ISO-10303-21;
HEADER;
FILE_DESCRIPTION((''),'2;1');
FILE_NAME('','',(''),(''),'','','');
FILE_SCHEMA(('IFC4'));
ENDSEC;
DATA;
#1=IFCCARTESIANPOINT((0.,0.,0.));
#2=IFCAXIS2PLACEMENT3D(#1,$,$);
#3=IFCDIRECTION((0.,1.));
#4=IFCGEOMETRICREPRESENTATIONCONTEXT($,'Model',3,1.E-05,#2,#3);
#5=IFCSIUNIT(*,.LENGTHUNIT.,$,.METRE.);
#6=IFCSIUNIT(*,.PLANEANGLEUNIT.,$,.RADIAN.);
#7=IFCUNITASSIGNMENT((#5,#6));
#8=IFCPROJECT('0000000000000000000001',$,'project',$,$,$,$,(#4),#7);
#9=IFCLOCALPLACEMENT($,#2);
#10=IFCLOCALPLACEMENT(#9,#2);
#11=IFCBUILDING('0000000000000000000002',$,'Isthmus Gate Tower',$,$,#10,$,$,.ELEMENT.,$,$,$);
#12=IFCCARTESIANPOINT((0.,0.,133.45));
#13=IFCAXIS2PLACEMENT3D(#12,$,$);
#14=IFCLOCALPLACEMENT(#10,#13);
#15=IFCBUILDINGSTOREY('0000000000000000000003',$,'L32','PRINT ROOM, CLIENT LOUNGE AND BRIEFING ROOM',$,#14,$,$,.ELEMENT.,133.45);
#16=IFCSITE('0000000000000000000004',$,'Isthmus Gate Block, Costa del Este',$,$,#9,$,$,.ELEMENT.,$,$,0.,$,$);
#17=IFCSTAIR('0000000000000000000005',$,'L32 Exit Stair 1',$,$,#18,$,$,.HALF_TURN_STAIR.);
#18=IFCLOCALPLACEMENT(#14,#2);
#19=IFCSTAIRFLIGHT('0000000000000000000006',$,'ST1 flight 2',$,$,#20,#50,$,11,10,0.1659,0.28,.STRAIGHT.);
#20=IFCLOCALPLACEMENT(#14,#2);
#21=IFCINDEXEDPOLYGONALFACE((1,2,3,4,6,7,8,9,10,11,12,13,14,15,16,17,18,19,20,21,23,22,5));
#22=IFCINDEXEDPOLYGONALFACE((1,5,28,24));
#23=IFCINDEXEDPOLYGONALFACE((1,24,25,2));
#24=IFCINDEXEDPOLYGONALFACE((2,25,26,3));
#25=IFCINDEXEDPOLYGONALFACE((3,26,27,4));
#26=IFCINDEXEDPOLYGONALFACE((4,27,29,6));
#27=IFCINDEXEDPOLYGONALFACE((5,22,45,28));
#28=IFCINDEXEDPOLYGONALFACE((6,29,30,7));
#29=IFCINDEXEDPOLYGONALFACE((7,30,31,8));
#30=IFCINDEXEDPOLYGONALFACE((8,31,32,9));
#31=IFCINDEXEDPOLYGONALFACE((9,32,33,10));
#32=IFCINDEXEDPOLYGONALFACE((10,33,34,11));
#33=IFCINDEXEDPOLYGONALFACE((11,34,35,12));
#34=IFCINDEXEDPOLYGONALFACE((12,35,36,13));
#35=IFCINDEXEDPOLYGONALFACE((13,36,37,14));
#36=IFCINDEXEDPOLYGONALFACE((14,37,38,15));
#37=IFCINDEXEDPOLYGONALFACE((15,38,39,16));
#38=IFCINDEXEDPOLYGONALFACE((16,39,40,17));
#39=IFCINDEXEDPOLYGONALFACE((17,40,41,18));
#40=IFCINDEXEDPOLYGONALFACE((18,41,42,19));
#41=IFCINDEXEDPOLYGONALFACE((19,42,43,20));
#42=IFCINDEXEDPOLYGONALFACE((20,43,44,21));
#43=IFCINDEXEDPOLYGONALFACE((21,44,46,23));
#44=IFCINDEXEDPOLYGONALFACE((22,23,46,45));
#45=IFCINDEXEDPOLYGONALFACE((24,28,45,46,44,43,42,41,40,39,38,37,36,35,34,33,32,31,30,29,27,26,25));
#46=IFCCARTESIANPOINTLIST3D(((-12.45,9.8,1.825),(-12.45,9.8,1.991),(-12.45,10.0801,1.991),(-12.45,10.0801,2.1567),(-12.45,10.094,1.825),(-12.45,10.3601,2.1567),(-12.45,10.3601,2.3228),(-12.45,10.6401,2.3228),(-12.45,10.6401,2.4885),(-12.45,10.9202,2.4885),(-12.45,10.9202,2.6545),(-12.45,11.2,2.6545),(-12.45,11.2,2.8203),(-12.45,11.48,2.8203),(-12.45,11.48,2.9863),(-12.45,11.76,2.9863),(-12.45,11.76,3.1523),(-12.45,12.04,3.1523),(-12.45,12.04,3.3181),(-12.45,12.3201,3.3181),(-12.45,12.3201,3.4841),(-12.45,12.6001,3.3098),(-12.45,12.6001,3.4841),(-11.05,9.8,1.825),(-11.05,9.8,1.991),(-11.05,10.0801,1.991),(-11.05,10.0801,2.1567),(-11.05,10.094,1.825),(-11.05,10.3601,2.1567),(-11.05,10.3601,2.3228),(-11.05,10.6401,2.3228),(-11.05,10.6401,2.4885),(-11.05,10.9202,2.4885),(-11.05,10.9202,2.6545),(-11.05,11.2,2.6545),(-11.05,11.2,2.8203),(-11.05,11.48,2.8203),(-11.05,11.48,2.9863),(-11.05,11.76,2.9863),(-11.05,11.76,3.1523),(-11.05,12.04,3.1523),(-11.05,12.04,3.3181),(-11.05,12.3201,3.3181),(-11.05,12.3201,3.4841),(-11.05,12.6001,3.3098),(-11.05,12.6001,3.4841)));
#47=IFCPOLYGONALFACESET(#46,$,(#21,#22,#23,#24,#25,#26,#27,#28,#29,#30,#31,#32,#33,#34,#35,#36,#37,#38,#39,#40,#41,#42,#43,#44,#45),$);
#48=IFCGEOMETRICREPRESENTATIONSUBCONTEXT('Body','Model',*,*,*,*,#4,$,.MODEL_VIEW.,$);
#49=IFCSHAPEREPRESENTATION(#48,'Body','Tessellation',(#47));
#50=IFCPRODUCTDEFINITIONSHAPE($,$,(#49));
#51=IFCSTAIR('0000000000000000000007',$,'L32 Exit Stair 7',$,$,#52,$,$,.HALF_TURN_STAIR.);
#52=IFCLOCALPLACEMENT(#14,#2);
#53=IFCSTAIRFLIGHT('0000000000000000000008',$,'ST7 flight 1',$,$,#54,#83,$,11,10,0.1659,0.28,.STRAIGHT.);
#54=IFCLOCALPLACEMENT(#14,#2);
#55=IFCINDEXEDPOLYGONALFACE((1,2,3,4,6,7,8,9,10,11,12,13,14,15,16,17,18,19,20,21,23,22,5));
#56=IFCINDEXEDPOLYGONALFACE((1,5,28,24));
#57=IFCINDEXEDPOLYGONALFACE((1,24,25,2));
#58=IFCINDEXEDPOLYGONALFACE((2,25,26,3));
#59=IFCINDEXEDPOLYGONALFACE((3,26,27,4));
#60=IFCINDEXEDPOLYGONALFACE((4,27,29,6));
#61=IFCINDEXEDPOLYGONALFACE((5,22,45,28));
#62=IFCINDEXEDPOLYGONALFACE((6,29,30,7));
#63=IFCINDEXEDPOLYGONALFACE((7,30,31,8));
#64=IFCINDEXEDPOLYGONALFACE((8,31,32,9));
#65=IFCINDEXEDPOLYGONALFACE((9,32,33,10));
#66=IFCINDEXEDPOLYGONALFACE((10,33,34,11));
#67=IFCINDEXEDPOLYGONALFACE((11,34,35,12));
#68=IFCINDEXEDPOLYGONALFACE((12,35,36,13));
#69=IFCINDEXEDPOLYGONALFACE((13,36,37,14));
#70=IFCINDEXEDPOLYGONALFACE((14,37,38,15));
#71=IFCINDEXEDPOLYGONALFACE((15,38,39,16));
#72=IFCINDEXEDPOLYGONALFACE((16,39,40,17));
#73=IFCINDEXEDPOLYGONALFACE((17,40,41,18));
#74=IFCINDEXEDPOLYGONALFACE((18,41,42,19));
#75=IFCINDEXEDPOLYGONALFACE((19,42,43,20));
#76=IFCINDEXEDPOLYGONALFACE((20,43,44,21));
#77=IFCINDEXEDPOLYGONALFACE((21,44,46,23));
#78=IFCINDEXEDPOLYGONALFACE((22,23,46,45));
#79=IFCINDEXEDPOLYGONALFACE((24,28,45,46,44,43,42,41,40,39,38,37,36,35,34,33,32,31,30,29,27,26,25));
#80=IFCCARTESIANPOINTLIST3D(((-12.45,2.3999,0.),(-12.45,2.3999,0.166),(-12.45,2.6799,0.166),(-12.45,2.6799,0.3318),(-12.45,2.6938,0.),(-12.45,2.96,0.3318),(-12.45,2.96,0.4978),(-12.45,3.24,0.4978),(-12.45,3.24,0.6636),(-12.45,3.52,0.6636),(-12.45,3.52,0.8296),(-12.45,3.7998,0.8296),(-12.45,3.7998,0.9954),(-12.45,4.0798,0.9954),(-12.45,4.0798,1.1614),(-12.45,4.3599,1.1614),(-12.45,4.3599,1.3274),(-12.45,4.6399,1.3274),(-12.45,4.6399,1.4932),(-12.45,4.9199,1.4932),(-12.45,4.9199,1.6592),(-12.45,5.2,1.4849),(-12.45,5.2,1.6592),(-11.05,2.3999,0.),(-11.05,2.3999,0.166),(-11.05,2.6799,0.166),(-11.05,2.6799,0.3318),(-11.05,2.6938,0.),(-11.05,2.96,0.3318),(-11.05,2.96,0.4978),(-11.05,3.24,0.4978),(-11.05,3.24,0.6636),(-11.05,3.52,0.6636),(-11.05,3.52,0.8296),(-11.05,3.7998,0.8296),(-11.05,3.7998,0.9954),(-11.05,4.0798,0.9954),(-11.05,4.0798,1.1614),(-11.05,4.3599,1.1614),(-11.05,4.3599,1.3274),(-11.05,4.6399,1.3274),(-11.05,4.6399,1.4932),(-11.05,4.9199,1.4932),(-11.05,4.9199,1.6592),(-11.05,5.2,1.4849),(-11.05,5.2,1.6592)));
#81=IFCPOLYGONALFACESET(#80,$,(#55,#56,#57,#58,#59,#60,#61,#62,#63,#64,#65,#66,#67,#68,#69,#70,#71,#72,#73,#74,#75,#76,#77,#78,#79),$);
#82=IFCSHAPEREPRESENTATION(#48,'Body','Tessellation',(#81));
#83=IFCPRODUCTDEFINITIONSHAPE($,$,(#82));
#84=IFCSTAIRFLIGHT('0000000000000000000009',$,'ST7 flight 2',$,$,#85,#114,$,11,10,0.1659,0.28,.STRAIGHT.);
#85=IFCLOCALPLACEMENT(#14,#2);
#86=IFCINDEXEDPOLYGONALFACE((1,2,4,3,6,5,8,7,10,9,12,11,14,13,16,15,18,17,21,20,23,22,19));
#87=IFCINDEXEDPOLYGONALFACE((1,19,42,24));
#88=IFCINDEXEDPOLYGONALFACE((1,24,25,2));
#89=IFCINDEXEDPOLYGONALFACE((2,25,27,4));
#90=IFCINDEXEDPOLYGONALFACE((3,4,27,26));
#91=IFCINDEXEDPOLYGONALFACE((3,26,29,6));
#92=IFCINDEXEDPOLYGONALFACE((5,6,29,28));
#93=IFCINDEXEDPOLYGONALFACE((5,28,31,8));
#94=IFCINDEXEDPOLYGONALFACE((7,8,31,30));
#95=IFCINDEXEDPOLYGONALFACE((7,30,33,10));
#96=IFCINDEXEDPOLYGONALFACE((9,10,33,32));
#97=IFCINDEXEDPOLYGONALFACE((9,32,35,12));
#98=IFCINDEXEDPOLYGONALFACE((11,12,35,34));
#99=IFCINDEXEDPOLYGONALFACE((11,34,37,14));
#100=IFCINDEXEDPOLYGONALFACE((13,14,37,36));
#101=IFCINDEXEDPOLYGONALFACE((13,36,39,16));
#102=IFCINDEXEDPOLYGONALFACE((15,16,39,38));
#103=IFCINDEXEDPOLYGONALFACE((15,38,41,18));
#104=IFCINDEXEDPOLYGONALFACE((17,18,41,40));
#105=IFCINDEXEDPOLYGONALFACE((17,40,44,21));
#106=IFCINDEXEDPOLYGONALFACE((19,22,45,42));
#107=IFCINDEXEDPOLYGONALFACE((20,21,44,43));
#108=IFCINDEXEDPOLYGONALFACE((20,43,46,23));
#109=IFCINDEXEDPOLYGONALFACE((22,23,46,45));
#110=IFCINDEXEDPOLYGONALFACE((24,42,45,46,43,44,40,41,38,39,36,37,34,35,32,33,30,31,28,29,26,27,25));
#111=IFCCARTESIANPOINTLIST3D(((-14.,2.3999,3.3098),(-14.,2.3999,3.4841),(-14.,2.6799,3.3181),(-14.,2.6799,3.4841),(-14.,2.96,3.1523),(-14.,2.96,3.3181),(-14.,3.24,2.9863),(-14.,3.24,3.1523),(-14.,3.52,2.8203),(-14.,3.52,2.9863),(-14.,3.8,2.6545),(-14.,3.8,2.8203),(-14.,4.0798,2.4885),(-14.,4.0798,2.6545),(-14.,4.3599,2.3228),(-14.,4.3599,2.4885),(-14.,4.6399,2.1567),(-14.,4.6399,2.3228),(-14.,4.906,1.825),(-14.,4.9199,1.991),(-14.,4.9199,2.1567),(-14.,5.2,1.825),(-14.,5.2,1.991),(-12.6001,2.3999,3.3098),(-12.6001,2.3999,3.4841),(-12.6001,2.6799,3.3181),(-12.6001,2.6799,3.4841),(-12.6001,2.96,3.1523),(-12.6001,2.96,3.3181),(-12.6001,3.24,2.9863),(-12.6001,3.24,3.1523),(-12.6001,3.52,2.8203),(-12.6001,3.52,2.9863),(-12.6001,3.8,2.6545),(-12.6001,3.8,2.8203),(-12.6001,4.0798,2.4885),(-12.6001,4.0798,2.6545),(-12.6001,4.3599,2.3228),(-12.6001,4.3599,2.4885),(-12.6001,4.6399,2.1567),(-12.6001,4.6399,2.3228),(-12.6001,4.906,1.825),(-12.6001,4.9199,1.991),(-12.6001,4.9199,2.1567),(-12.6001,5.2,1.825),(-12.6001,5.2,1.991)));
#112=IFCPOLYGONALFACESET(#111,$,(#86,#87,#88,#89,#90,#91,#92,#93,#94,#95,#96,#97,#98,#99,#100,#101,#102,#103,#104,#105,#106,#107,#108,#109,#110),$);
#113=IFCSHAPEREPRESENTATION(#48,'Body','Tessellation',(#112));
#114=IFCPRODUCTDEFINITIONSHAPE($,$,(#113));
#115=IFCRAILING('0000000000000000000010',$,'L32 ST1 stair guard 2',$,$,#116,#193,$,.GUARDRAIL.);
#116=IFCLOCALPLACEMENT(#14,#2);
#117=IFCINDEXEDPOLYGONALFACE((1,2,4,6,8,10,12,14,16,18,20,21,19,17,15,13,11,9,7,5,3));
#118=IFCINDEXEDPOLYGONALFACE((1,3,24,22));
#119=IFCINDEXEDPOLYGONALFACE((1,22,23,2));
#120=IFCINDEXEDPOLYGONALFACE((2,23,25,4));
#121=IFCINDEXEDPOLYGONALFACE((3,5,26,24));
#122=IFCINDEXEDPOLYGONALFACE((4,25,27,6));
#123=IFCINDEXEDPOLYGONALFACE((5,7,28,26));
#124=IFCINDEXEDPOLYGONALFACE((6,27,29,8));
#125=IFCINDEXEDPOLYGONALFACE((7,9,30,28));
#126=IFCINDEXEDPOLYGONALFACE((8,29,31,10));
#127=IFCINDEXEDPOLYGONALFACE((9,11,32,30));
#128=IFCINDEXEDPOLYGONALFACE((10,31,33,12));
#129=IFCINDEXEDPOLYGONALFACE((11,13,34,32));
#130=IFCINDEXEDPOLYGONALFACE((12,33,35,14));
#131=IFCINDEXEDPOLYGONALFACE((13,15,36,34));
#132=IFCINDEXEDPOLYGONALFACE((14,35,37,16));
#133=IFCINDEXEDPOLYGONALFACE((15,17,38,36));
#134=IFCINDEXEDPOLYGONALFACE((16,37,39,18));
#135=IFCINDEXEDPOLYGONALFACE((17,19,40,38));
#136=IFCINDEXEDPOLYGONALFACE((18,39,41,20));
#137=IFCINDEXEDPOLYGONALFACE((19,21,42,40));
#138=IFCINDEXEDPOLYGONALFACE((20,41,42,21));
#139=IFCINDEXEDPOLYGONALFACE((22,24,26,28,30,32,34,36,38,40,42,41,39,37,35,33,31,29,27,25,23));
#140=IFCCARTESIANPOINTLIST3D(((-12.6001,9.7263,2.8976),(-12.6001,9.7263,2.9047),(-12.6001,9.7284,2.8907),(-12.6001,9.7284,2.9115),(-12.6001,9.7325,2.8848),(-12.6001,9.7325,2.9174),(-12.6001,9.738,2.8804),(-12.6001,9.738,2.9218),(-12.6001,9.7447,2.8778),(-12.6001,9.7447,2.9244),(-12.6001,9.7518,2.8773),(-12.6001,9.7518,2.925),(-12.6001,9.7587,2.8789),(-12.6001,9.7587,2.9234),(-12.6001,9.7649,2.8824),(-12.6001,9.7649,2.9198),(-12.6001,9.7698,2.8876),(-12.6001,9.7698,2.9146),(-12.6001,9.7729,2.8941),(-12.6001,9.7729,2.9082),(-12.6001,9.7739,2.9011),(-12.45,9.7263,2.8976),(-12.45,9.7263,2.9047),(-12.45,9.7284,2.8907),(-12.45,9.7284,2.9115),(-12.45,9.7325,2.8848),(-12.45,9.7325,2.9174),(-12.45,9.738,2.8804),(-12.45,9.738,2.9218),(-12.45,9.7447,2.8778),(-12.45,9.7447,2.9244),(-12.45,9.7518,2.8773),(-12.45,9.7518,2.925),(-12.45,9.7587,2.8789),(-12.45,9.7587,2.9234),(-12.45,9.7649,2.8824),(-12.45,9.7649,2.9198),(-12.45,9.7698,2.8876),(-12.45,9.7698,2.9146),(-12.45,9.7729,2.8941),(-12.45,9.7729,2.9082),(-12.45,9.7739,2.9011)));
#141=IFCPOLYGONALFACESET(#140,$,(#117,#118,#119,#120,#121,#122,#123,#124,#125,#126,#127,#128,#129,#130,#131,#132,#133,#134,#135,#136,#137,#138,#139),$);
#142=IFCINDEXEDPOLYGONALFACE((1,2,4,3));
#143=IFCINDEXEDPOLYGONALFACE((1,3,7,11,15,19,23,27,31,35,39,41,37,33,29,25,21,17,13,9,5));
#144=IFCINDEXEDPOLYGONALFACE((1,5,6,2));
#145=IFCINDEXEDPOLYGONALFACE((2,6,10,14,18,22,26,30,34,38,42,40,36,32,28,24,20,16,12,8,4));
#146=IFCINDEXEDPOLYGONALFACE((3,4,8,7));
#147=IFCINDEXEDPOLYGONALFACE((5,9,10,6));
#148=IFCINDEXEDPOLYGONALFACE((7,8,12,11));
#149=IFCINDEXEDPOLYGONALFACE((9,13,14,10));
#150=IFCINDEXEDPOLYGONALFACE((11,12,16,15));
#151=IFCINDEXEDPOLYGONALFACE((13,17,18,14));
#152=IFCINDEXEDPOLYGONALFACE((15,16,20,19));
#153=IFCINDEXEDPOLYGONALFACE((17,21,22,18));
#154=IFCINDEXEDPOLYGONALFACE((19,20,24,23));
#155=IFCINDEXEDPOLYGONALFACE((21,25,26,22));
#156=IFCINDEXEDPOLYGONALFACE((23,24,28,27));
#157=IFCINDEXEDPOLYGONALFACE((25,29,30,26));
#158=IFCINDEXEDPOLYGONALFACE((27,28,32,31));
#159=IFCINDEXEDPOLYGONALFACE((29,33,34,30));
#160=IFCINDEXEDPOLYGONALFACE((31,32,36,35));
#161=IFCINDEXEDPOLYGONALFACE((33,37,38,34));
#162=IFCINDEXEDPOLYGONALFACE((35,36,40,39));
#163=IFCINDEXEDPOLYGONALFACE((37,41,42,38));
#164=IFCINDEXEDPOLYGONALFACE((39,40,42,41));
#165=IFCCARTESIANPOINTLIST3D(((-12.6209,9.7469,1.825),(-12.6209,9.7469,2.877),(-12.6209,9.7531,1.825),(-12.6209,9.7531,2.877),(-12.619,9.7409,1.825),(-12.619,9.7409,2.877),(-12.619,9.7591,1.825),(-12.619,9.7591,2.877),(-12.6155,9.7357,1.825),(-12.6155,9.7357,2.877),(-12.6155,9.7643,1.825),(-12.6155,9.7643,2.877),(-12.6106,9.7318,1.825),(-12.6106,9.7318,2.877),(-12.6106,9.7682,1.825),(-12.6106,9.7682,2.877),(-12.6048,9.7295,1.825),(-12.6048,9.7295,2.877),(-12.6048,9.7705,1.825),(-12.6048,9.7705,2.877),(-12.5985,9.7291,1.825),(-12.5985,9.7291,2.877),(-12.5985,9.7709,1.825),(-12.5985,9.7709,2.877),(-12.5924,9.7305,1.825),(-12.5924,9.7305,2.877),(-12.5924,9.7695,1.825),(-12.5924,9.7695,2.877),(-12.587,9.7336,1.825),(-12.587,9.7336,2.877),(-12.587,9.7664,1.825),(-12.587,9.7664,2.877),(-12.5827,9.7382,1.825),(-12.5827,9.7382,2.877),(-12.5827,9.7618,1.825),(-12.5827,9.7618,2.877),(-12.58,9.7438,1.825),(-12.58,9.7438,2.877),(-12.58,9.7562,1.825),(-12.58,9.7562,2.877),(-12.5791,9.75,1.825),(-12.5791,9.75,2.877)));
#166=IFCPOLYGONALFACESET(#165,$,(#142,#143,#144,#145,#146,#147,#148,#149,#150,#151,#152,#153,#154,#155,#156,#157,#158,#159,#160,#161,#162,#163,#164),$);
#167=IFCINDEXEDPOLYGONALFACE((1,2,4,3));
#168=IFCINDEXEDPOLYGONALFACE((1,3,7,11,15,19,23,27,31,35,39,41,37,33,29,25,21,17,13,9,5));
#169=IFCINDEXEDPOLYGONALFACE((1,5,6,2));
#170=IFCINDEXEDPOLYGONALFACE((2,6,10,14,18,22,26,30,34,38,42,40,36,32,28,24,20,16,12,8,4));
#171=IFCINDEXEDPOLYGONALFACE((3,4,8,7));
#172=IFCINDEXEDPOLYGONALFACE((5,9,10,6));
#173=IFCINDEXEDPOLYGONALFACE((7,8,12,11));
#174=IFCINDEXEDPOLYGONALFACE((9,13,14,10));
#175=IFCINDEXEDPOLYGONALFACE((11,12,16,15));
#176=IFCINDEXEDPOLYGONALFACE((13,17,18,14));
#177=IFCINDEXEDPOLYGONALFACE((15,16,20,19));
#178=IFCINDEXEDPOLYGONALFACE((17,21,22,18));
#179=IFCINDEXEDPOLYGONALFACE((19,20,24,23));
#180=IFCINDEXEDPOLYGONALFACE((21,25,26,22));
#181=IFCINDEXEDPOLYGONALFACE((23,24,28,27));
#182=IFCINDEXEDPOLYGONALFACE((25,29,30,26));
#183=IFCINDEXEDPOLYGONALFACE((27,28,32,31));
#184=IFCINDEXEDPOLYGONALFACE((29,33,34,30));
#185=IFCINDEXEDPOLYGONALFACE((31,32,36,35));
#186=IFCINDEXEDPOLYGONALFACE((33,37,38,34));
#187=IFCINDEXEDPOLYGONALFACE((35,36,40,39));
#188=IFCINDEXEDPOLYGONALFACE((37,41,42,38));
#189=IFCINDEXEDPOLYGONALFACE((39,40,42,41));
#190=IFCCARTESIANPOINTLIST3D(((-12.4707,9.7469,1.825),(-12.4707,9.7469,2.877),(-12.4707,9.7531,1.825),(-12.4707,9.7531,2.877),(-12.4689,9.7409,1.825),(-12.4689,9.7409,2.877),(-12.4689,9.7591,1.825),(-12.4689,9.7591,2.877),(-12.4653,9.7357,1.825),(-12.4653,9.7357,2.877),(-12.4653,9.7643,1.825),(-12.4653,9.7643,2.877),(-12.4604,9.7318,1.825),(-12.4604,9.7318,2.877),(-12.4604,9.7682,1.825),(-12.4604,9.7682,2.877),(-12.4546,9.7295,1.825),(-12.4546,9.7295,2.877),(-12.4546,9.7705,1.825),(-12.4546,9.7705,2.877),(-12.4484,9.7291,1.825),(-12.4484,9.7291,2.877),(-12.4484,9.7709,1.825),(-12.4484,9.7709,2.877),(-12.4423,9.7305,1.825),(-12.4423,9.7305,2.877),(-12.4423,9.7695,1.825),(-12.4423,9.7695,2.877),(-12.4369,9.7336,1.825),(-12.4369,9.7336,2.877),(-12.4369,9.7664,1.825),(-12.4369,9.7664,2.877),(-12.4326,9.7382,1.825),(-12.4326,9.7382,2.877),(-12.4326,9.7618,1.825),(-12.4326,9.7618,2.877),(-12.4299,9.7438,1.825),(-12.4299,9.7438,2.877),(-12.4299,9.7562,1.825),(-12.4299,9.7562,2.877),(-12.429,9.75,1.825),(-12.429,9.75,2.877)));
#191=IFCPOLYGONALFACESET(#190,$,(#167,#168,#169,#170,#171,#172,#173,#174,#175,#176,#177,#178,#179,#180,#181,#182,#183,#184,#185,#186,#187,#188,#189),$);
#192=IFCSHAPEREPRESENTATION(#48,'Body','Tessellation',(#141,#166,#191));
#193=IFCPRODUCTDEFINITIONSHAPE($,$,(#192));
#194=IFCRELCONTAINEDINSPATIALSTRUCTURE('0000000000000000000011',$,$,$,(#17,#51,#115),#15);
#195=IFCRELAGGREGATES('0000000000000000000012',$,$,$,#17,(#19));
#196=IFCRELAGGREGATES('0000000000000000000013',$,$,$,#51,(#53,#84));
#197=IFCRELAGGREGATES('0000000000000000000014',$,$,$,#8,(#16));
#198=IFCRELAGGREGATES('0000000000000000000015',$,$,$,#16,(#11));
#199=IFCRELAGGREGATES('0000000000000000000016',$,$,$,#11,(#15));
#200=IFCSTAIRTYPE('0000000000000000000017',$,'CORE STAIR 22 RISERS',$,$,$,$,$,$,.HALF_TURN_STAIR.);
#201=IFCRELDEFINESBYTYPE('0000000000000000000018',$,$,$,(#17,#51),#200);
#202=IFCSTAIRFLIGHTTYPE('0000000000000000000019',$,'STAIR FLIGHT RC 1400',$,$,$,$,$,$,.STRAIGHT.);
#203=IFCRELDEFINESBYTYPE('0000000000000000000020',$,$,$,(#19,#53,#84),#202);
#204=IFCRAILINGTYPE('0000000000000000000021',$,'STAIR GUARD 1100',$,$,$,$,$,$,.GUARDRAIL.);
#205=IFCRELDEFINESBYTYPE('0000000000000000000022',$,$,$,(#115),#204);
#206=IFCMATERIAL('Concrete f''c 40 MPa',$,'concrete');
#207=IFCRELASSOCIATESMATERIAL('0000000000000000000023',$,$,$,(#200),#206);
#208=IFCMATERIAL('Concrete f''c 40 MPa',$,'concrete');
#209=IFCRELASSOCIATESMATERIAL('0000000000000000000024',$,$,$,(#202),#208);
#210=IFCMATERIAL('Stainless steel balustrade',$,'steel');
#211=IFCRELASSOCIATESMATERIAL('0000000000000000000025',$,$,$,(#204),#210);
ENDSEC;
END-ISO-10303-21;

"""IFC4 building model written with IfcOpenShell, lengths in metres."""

from ifc_helpers import new_model, si_unit, direction, frame, origin, origin_2d, place, context, subcontext, project, spatial, polyline, circle, outline, extrude, material, type_object, element, aggregate, save


model = new_model("IFC4")

# Units and contexts
model_context = context("Model", 3, precision=1e-05, world=origin(), true_north=direction((0.0, 1.0)))
body_context = subcontext(model_context, "Body", "Model", "MODEL_VIEW")
ifc_project = project(units=[si_unit("LENGTHUNIT", "METRE"), si_unit("PLANEANGLEUNIT", "RADIAN")], contexts=[model_context])

# Site, building, storey
site_placement = place(None, origin())
site = spatial("IfcSite", under=ifc_project, at=site_placement, Name="Isthmus Gate Block, Costa del Este", CompositionType="ELEMENT", RefElevation=0.0)
building_placement = place(site_placement, origin())
building = spatial("IfcBuilding", under=site, at=building_placement, Name="Isthmus Gate Tower", CompositionType="ELEMENT")
storey_placement = place(building_placement, frame((0.0, 0.0, 133.45)))
storey = spatial("IfcBuildingStorey", under=building, at=storey_placement, Name="L32", Description="PRINT ROOM, CLIENT LOUNGE AND BRIEFING ROOM", CompositionType="ELEMENT", Elevation=133.45)

# Stair, stair flight
ifc_material_1 = material(Name="Concrete f'c 40 MPa", Category="concrete")
stair_type = type_object("IfcStairType", Name="CORE STAIR 22 RISERS", PredefinedType="HALF_TURN_STAIR", material=ifc_material_1)
stair_1_placement = place(storey_placement, origin())
stair_1 = element("IfcStair", 1, at=stair_1_placement, inside=storey, type_object=stair_type, Name="L32 Exit Stair 1", PredefinedType="HALF_TURN_STAIR")
ifc_material_2 = material(Name="Concrete f'c 40 MPa", Category="concrete")
stair_flight_type = type_object("IfcStairFlightType", Name="STAIR FLIGHT RC 1400", PredefinedType="STRAIGHT", material=ifc_material_2)
stair_flight_1_placement = place(storey_placement, frame((-11.75, 9.8, 1.825), z_axis=(0.0, 0.0, 1.0), x_axis=(0.0, 1.0, 0.0)))
stair_flight_1 = element("IfcStairFlight", 2, at=stair_flight_1_placement, type_object=stair_flight_type, Name="ST1 flight 2", NumberOfRisers=11, NumberOfTreads=10, PredefinedType="STRAIGHT", RiserHeight=0.1659, TreadLength=0.28, context=body_context, shape_type="SweptSolid", body=[
    extrude(outline(polyline([(0.0, 0.0), (0.0, 0.166), (0.28, 0.166), (0.28, 0.3318), (0.5601, 0.3318), (0.5601, 0.4978), (0.8401, 0.4978), (0.8401, 0.6636), (1.1201, 0.6636), (1.1201, 0.8296), (1.3999, 0.8296), (1.3999, 0.9954), (1.6799, 0.9954), (1.6799, 1.1614), (1.96, 1.1614), (1.96, 1.3274), (2.24, 1.3274), (2.24, 1.4932), (2.52, 1.4932), (2.52, 1.6592), (2.8, 1.6592), (2.8, 1.825), (2.8, 1.4849), (0.2939, 0.0), (0.0, 0.0)])), frame((0.0, 0.7, 0.0), z_axis=(0.0, -1.0, 0.0), x_axis=(1.0, 0.0, 0.0)), (0.0, 0.0, 1.0), 1.3999),
])
aggregate(stair_1, [stair_flight_1])

# Stair, stair flights
stair_2_placement = place(storey_placement, origin())
stair_2 = element("IfcStair", 3, at=stair_2_placement, inside=storey, type_object=stair_type, Name="L32 Exit Stair 7", PredefinedType="HALF_TURN_STAIR")
stair_flight_2_placement = place(storey_placement, frame((-11.75, 2.3999, 0.0), z_axis=(0.0, 0.0, 1.0), x_axis=(0.0, 1.0, 0.0)))
stair_flight_2 = element("IfcStairFlight", 4, at=stair_flight_2_placement, type_object=stair_flight_type, Name="ST7 flight 1", NumberOfRisers=11, NumberOfTreads=10, PredefinedType="STRAIGHT", RiserHeight=0.1659, TreadLength=0.28, context=body_context, shape_type="SweptSolid", body=[
    extrude(outline(polyline([(0.0, 0.0), (0.0, 0.166), (0.28, 0.166), (0.28, 0.3318), (0.5601, 0.3318), (0.5601, 0.4978), (0.8401, 0.4978), (0.8401, 0.6636), (1.1201, 0.6636), (1.1201, 0.8296), (1.3999, 0.8296), (1.3999, 0.9954), (1.6799, 0.9954), (1.6799, 1.1614), (1.96, 1.1614), (1.96, 1.3274), (2.24, 1.3274), (2.24, 1.4932), (2.52, 1.4932), (2.52, 1.6592), (2.8, 1.6592), (2.8, 1.825), (2.8, 1.4849), (0.2939, 0.0), (0.0, 0.0)])), frame((0.0, 0.7, 0.0), z_axis=(0.0, -1.0, 0.0), x_axis=(1.0, 0.0, 0.0)), (0.0, 0.0, 1.0), 1.3999),
])
stair_flight_3_placement = place(storey_placement, frame((-13.3, 5.2, 1.825), z_axis=(0.0, 0.0, 1.0), x_axis=(0.0, -1.0, 0.0)))
stair_flight_3 = element("IfcStairFlight", 5, at=stair_flight_3_placement, type_object=stair_flight_type, Name="ST7 flight 2", NumberOfRisers=11, NumberOfTreads=10, PredefinedType="STRAIGHT", RiserHeight=0.1659, TreadLength=0.28, context=body_context, shape_type="SweptSolid", body=[
    extrude(outline(polyline([(0.0, 0.0), (0.0, 0.166), (0.28, 0.166), (0.28, 0.3318), (0.5601, 0.3318), (0.5601, 0.4978), (0.8401, 0.4978), (0.8401, 0.6636), (1.1201, 0.6636), (1.1201, 0.8296), (1.3999, 0.8296), (1.3999, 0.9954), (1.6799, 0.9954), (1.6799, 1.1614), (1.96, 1.1614), (1.96, 1.3274), (2.24, 1.3274), (2.24, 1.4932), (2.52, 1.4932), (2.52, 1.6592), (2.8, 1.6592), (2.8, 1.825), (2.8, 1.4849), (0.2939, 0.0), (0.0, 0.0)])), frame((0.0, 0.7, 0.0), z_axis=(0.0, -1.0, 0.0), x_axis=(1.0, 0.0, 0.0)), (0.0, 0.0, 1.0), 1.3999),
])
aggregate(stair_2, [stair_flight_2, stair_flight_3])

# Railing
ifc_material_3 = material(Name="Stainless steel balustrade", Category="steel")
railing_type_1 = type_object("IfcRailingType", Name="STAIR GUARD 1100", PredefinedType="GUARDRAIL", material=ifc_material_3)
railing_1_placement = place(storey_placement, frame((-12.6001, 9.75, 1.825)))
element("IfcRailing", 6, at=railing_1_placement, inside=storey, type_object=railing_type_1, Name="L32 ST1 stair guard 2", PredefinedType="GUARDRAIL", context=body_context, shape_type="SweptSolid", body=[
    extrude(circle(Radius=0.0239, at=origin_2d()), frame((0.0, 0.0, 1.0762), z_axis=(1.0, 0.0, 0.0), x_axis=(0.0, 1.0, 0.0)), (0.0, 0.0, 1.0), 0.1501),
    extrude(circle(Radius=0.021, at=origin_2d()), origin(), (0.0, 0.0, 1.0), 1.052),
    extrude(circle(Radius=0.021, at=origin_2d()), frame((0.1501, 0.0, 0.0)), (0.0, 0.0, 1.0), 1.052),
])

save(model, "model.ifc")
